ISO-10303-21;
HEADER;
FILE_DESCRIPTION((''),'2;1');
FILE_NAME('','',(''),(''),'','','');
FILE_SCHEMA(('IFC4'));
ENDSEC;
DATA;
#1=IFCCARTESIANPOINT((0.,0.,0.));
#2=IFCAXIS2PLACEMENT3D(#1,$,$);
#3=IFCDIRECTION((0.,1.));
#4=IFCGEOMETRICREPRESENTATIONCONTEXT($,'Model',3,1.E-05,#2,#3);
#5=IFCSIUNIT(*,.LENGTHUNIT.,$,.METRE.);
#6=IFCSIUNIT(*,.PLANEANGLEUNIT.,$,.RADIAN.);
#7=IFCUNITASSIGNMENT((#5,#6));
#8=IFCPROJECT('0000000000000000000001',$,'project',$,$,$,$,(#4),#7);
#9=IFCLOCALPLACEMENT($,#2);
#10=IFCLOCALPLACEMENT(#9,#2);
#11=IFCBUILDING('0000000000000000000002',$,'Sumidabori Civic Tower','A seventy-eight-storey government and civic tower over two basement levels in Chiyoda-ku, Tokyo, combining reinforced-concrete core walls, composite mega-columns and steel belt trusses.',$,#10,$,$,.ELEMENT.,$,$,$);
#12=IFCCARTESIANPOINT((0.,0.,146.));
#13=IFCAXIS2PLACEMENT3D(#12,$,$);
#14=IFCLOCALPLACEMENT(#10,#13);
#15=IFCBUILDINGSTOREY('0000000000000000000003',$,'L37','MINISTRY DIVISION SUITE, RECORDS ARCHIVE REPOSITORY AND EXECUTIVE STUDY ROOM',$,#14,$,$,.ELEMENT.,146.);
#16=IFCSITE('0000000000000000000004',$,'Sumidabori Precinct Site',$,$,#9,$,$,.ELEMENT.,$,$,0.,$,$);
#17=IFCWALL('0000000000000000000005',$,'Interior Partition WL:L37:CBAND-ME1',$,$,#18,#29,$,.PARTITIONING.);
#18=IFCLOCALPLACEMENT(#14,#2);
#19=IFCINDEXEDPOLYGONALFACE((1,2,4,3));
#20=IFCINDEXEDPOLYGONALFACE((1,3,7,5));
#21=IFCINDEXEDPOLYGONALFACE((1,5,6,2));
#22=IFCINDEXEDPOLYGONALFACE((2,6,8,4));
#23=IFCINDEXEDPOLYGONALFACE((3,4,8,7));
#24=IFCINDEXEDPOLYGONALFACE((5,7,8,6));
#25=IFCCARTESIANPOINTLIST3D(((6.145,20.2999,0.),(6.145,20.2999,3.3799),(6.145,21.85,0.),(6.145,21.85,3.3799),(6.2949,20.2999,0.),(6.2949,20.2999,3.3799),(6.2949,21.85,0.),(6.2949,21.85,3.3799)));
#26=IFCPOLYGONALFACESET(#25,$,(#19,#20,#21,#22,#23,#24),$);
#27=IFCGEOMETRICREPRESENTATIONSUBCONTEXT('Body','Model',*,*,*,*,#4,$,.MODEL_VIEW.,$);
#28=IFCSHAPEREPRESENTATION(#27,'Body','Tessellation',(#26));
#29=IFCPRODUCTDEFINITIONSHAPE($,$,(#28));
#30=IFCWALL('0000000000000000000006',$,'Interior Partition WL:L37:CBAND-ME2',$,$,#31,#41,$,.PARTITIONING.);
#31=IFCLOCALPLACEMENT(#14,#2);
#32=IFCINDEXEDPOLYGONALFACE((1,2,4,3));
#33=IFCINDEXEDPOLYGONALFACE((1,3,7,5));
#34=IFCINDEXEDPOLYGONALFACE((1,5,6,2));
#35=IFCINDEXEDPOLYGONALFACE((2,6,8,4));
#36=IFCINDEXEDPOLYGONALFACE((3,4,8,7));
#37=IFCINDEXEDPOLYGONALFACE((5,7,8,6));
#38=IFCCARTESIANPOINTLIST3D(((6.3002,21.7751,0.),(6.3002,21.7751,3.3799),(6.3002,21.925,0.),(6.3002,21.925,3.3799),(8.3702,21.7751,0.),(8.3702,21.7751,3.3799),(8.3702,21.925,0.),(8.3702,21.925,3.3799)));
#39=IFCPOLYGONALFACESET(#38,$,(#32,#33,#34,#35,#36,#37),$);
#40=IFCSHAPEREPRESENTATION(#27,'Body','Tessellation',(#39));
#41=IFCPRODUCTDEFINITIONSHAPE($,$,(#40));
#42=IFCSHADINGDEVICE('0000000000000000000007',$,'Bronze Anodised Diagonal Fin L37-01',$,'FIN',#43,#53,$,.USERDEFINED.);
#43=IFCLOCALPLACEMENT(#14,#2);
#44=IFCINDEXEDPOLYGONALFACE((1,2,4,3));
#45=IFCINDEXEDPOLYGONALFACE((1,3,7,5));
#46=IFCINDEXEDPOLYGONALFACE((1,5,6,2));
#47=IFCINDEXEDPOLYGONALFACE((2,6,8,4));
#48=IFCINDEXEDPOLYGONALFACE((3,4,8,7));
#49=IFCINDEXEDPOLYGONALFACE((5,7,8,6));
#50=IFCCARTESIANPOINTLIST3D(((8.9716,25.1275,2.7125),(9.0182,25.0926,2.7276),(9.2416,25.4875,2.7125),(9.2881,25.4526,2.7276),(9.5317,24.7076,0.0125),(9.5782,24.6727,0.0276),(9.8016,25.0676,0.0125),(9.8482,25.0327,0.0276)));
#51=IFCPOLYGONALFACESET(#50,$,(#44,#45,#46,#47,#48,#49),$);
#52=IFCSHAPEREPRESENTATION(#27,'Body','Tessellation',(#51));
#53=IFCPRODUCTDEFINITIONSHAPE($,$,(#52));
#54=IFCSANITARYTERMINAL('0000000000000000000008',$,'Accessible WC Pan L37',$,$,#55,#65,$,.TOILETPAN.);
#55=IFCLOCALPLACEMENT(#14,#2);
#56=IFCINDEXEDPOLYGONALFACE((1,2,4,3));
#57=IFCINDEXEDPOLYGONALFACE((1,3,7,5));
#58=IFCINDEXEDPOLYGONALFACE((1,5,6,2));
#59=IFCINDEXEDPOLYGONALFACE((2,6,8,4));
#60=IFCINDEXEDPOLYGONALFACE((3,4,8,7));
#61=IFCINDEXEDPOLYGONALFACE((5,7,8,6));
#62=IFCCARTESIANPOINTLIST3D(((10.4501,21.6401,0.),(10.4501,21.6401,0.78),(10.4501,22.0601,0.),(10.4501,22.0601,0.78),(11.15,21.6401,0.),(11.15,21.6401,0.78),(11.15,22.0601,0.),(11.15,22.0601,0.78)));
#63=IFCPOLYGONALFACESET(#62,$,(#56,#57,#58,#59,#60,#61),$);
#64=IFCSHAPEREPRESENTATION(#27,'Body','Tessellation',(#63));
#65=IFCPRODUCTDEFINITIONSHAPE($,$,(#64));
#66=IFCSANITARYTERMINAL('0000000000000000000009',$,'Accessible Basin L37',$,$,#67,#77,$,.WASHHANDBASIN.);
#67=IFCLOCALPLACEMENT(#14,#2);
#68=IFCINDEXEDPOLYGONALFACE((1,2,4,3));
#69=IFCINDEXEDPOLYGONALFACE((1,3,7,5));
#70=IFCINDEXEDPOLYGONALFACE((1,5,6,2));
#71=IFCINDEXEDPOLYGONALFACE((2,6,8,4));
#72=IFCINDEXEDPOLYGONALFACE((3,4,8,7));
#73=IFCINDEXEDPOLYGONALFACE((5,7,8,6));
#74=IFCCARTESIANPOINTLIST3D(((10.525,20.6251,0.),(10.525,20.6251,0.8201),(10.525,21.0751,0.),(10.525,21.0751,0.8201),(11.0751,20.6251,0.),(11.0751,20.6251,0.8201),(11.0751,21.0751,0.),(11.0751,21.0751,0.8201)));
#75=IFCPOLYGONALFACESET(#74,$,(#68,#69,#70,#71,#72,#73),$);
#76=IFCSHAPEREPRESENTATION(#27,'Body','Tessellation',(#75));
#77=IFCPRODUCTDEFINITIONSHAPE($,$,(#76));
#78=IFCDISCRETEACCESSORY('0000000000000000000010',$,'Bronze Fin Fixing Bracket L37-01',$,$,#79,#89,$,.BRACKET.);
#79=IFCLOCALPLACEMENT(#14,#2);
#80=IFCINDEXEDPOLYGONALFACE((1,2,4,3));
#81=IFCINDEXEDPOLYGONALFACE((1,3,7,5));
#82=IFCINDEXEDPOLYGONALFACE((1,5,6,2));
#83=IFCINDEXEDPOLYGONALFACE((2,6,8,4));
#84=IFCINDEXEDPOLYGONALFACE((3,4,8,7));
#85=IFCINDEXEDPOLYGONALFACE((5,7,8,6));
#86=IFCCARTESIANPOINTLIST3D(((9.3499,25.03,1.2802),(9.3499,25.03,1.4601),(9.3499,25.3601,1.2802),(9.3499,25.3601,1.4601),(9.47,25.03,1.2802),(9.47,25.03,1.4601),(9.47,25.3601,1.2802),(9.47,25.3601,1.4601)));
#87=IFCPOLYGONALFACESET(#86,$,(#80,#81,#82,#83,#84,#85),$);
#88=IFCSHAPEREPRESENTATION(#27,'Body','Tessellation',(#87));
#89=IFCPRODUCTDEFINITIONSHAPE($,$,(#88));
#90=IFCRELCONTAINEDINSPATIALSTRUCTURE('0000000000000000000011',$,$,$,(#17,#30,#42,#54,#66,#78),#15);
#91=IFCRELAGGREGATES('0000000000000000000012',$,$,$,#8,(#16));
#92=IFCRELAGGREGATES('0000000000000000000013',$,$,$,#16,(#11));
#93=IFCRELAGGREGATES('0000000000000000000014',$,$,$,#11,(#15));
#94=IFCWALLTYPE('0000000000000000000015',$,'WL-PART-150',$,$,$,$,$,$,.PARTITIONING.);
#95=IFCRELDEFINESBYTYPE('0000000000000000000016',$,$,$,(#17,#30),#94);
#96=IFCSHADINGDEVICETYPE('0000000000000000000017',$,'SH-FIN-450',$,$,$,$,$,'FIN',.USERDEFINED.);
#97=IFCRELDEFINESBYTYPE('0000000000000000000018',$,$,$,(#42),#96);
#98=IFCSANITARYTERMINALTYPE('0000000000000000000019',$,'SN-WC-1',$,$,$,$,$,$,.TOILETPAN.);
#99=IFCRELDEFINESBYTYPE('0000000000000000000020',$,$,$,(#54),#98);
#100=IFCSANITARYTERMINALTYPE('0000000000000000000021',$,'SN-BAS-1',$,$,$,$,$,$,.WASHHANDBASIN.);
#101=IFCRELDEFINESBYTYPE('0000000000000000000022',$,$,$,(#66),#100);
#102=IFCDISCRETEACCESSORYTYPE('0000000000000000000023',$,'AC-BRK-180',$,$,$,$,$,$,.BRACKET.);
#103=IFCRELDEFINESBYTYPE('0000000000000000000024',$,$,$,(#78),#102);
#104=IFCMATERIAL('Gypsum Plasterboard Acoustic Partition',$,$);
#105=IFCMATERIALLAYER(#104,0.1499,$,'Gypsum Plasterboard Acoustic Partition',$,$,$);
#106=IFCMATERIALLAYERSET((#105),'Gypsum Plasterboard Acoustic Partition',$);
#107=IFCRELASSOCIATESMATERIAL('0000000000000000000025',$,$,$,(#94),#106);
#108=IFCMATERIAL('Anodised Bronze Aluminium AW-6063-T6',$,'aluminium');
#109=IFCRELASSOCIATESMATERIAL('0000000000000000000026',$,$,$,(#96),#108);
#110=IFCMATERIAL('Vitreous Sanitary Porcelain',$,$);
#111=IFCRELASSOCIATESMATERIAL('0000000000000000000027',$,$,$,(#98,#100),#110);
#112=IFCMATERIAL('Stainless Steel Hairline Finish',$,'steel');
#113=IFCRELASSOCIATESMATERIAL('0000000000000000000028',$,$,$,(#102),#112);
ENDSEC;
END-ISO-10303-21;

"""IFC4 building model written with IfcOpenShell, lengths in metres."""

from ifc_helpers import new_model, si_unit, direction, frame, frame_2d, origin, origin_2d, place, context, subcontext, project, spatial, rectangle, extrude, source, transform, mapped, material, layer, layer_set, material_profile, profile_set, type_object, element, save


model = new_model("IFC4")

# Units and contexts
model_context = context("Model", 3, precision=1e-05, world=origin(), true_north=direction((0.0, 1.0)))
body_context = subcontext(model_context, "Body", "Model", "MODEL_VIEW")
ifc_project = project(units=[si_unit("LENGTHUNIT", "METRE"), si_unit("PLANEANGLEUNIT", "RADIAN")], contexts=[model_context])

# Site, building, storey
site_placement = place(None, origin())
site = spatial("IfcSite", under=ifc_project, at=site_placement, Name="Sumidabori Precinct Site", CompositionType="ELEMENT", RefElevation=0.0)
building_placement = place(site_placement, origin())
building = spatial("IfcBuilding", under=site, at=building_placement, Name="Sumidabori Civic Tower", Description="A seventy-eight-storey government and civic tower over two basement levels in Chiyoda-ku, Tokyo, combining reinforced-concrete core walls, composite mega-columns and steel belt trusses.", CompositionType="ELEMENT")
storey_placement = place(building_placement, frame((0.0, 0.0, 146.0)))
storey = spatial("IfcBuildingStorey", under=building, at=storey_placement, Name="L37", Description="MINISTRY DIVISION SUITE, RECORDS ARCHIVE REPOSITORY AND EXECUTIVE STUDY ROOM", CompositionType="ELEMENT", Elevation=146.0)

# Shared definitions
ifc_material_1 = material(Name="Anodised Bronze Aluminium AW-6063-T6", Category="aluminium")

# Shared definitions
ifc_material_2 = material(Name="Gypsum Plasterboard Acoustic Partition")
ifc_layer_1 = layer(ifc_material_2, 0.1499, Name="Gypsum Plasterboard Acoustic Partition")
ifc_layer_set_1 = layer_set([ifc_layer_1], Name="Gypsum Plasterboard Acoustic Partition")
wall_type_1 = type_object("IfcWallType", Name="WL-PART-150", PredefinedType="PARTITIONING", material=ifc_layer_set_1)

# Shared definitions
ifc_material_3 = material(Name="Stainless Steel Hairline Finish", Category="steel")

# Walls
shared_shape_1 = source(origin(), body_context, "Body", "SweptSolid", [
    extrude(rectangle(XDim=1.55, YDim=0.1499, at=frame_2d((0.7749, 0.0))), origin(), (0.0, 0.0, 1.0), 3.3799),
])
wall_1_placement = place(storey_placement, frame((6.22, 20.3, 0.0), z_axis=(0.0, 0.0, 1.0), x_axis=(0.0, 1.0, 0.0)))
element("IfcWall", 1, at=wall_1_placement, inside=storey, type_object=wall_type_1, Name="Interior Partition WL:L37:CBAND-ME1", PredefinedType="PARTITIONING", context=body_context, shape_type="MappedRepresentation", body=[
    mapped(shared_shape_1, transform((0.0, 0.0, 0.0), x_axis=(1.0, 0.0, 0.0), y_axis=(0.0, 1.0, 0.0), z_axis=(0.0, 0.0, 1.0), scale=1.0)),
])
shared_shape_2 = source(origin(), body_context, "Body", "SweptSolid", [
    extrude(rectangle(XDim=2.0701, YDim=0.1499, at=frame_2d((1.0352, 0.0))), origin(), (0.0, 0.0, 1.0), 3.3799),
])
wall_2_placement = place(storey_placement, frame((6.3, 21.8501, 0.0), z_axis=(0.0, 0.0, 1.0), x_axis=(1.0, 0.0, 0.0)))
element("IfcWall", 2, at=wall_2_placement, inside=storey, type_object=wall_type_1, Name="Interior Partition WL:L37:CBAND-ME2", PredefinedType="PARTITIONING", context=body_context, shape_type="MappedRepresentation", body=[
    mapped(shared_shape_2, transform((0.0, 0.0, 0.0), x_axis=(1.0, 0.0, 0.0), y_axis=(0.0, 1.0, 0.0), z_axis=(0.0, 0.0, 1.0), scale=1.0)),
])

# Shading device
ifc_material_profile_1 = material_profile(ifc_material_1, rectangle(XDim=0.0601, YDim=0.45, at=origin_2d()), Name="BRONZE FIN 450x60")
ifc_profile_set_1 = profile_set([ifc_material_profile_1], Name="Anodised Bronze Aluminium AW-6063-T6")
shading_device_type = type_object("IfcShadingDeviceType", Name="SH-FIN-450", ElementType="FIN", PredefinedType="USERDEFINED", material=ifc_profile_set_1)
shared_shape_3 = source(origin(), body_context, "Body", "SweptSolid", [
    extrude(rectangle(XDim=0.0601, YDim=0.45, at=origin_2d()), origin(), (0.0, 0.0, 1.0), 2.7893),
])
shading_device_placement = place(storey_placement, frame((9.6899, 24.8701, 0.02), z_axis=(-0.200794, 0.150552, 0.967996), x_axis=(0.774478, -0.580689, 0.250966)))
element("IfcShadingDevice", 3, at=shading_device_placement, inside=storey, type_object=shading_device_type, Name="Bronze Anodised Diagonal Fin L37-01", ObjectType="FIN", PredefinedType="USERDEFINED", context=body_context, shape_type="MappedRepresentation", body=[
    mapped(shared_shape_3, transform((0.0, 0.0, 0.0), x_axis=(1.0, 0.0, 0.0), y_axis=(0.0, 1.0, 0.0), z_axis=(0.0, 0.0, 1.0), scale=1.0)),
])

# Sanitary terminals
ifc_material_4 = material(Name="Vitreous Sanitary Porcelain")
sanitary_terminal_type_1 = type_object("IfcSanitaryTerminalType", Name="SN-WC-1", PredefinedType="TOILETPAN", material=ifc_material_4)
shared_shape_4 = source(origin(), body_context, "Body", "SweptSolid", [
    extrude(rectangle(XDim=0.7, YDim=0.4199, at=origin_2d()), origin(), (0.0, 0.0, 1.0), 0.78),
])
sanitary_terminal_1_placement = place(storey_placement, frame((10.8, 21.8501, 0.0), z_axis=(0.0, 0.0, 1.0), x_axis=(1.0, 0.0, 0.0)))
element("IfcSanitaryTerminal", 4, at=sanitary_terminal_1_placement, inside=storey, type_object=sanitary_terminal_type_1, Name="Accessible WC Pan L37", PredefinedType="TOILETPAN", context=body_context, shape_type="MappedRepresentation", body=[
    mapped(shared_shape_4, transform((0.0, 0.0, 0.0), x_axis=(1.0, 0.0, 0.0), y_axis=(0.0, 1.0, 0.0), z_axis=(0.0, 0.0, 1.0), scale=1.0)),
])
sanitary_terminal_type_2 = type_object("IfcSanitaryTerminalType", Name="SN-BAS-1", PredefinedType="WASHHANDBASIN", material=ifc_material_4)
shared_shape_5 = source(origin(), body_context, "Body", "SweptSolid", [
    extrude(rectangle(XDim=0.55, YDim=0.45, at=origin_2d()), origin(), (0.0, 0.0, 1.0), 0.8201),
])
sanitary_terminal_2_placement = place(storey_placement, frame((10.8, 20.8501, 0.0), z_axis=(0.0, 0.0, 1.0), x_axis=(1.0, 0.0, 0.0)))
element("IfcSanitaryTerminal", 5, at=sanitary_terminal_2_placement, inside=storey, type_object=sanitary_terminal_type_2, Name="Accessible Basin L37", PredefinedType="WASHHANDBASIN", context=body_context, shape_type="MappedRepresentation", body=[
    mapped(shared_shape_5, transform((0.0, 0.0, 0.0), x_axis=(1.0, 0.0, 0.0), y_axis=(0.0, 1.0, 0.0), z_axis=(0.0, 0.0, 1.0), scale=1.0)),
])

# Discrete accessory
ifc_material_profile_2 = material_profile(ifc_material_3, rectangle(XDim=0.1201, YDim=0.1799, at=origin_2d()), Name="STEEL BRACKET 180x120")
ifc_profile_set_2 = profile_set([ifc_material_profile_2], Name="Stainless Steel Hairline Finish")
discrete_accessory_type = type_object("IfcDiscreteAccessoryType", Name="AC-BRK-180", PredefinedType="BRACKET", material=ifc_profile_set_2)
shared_shape_6 = source(origin(), body_context, "Body", "SweptSolid", [
    extrude(rectangle(XDim=0.1201, YDim=0.1799, at=origin_2d()), origin(), (0.0, 0.0, 1.0), 0.3301),
])
discrete_accessory_placement = place(storey_placement, frame((9.4099, 25.03, 1.3701), z_axis=(0.0, 1.0, 0.0), x_axis=(-1.0, 0.0, 0.0)))
element("IfcDiscreteAccessory", 6, at=discrete_accessory_placement, inside=storey, type_object=discrete_accessory_type, Name="Bronze Fin Fixing Bracket L37-01", PredefinedType="BRACKET", context=body_context, shape_type="MappedRepresentation", body=[
    mapped(shared_shape_6, transform((0.0, 0.0, 0.0), x_axis=(1.0, 0.0, 0.0), y_axis=(0.0, 1.0, 0.0), z_axis=(0.0, 0.0, 1.0), scale=1.0)),
])

save(model, "model.ifc")
